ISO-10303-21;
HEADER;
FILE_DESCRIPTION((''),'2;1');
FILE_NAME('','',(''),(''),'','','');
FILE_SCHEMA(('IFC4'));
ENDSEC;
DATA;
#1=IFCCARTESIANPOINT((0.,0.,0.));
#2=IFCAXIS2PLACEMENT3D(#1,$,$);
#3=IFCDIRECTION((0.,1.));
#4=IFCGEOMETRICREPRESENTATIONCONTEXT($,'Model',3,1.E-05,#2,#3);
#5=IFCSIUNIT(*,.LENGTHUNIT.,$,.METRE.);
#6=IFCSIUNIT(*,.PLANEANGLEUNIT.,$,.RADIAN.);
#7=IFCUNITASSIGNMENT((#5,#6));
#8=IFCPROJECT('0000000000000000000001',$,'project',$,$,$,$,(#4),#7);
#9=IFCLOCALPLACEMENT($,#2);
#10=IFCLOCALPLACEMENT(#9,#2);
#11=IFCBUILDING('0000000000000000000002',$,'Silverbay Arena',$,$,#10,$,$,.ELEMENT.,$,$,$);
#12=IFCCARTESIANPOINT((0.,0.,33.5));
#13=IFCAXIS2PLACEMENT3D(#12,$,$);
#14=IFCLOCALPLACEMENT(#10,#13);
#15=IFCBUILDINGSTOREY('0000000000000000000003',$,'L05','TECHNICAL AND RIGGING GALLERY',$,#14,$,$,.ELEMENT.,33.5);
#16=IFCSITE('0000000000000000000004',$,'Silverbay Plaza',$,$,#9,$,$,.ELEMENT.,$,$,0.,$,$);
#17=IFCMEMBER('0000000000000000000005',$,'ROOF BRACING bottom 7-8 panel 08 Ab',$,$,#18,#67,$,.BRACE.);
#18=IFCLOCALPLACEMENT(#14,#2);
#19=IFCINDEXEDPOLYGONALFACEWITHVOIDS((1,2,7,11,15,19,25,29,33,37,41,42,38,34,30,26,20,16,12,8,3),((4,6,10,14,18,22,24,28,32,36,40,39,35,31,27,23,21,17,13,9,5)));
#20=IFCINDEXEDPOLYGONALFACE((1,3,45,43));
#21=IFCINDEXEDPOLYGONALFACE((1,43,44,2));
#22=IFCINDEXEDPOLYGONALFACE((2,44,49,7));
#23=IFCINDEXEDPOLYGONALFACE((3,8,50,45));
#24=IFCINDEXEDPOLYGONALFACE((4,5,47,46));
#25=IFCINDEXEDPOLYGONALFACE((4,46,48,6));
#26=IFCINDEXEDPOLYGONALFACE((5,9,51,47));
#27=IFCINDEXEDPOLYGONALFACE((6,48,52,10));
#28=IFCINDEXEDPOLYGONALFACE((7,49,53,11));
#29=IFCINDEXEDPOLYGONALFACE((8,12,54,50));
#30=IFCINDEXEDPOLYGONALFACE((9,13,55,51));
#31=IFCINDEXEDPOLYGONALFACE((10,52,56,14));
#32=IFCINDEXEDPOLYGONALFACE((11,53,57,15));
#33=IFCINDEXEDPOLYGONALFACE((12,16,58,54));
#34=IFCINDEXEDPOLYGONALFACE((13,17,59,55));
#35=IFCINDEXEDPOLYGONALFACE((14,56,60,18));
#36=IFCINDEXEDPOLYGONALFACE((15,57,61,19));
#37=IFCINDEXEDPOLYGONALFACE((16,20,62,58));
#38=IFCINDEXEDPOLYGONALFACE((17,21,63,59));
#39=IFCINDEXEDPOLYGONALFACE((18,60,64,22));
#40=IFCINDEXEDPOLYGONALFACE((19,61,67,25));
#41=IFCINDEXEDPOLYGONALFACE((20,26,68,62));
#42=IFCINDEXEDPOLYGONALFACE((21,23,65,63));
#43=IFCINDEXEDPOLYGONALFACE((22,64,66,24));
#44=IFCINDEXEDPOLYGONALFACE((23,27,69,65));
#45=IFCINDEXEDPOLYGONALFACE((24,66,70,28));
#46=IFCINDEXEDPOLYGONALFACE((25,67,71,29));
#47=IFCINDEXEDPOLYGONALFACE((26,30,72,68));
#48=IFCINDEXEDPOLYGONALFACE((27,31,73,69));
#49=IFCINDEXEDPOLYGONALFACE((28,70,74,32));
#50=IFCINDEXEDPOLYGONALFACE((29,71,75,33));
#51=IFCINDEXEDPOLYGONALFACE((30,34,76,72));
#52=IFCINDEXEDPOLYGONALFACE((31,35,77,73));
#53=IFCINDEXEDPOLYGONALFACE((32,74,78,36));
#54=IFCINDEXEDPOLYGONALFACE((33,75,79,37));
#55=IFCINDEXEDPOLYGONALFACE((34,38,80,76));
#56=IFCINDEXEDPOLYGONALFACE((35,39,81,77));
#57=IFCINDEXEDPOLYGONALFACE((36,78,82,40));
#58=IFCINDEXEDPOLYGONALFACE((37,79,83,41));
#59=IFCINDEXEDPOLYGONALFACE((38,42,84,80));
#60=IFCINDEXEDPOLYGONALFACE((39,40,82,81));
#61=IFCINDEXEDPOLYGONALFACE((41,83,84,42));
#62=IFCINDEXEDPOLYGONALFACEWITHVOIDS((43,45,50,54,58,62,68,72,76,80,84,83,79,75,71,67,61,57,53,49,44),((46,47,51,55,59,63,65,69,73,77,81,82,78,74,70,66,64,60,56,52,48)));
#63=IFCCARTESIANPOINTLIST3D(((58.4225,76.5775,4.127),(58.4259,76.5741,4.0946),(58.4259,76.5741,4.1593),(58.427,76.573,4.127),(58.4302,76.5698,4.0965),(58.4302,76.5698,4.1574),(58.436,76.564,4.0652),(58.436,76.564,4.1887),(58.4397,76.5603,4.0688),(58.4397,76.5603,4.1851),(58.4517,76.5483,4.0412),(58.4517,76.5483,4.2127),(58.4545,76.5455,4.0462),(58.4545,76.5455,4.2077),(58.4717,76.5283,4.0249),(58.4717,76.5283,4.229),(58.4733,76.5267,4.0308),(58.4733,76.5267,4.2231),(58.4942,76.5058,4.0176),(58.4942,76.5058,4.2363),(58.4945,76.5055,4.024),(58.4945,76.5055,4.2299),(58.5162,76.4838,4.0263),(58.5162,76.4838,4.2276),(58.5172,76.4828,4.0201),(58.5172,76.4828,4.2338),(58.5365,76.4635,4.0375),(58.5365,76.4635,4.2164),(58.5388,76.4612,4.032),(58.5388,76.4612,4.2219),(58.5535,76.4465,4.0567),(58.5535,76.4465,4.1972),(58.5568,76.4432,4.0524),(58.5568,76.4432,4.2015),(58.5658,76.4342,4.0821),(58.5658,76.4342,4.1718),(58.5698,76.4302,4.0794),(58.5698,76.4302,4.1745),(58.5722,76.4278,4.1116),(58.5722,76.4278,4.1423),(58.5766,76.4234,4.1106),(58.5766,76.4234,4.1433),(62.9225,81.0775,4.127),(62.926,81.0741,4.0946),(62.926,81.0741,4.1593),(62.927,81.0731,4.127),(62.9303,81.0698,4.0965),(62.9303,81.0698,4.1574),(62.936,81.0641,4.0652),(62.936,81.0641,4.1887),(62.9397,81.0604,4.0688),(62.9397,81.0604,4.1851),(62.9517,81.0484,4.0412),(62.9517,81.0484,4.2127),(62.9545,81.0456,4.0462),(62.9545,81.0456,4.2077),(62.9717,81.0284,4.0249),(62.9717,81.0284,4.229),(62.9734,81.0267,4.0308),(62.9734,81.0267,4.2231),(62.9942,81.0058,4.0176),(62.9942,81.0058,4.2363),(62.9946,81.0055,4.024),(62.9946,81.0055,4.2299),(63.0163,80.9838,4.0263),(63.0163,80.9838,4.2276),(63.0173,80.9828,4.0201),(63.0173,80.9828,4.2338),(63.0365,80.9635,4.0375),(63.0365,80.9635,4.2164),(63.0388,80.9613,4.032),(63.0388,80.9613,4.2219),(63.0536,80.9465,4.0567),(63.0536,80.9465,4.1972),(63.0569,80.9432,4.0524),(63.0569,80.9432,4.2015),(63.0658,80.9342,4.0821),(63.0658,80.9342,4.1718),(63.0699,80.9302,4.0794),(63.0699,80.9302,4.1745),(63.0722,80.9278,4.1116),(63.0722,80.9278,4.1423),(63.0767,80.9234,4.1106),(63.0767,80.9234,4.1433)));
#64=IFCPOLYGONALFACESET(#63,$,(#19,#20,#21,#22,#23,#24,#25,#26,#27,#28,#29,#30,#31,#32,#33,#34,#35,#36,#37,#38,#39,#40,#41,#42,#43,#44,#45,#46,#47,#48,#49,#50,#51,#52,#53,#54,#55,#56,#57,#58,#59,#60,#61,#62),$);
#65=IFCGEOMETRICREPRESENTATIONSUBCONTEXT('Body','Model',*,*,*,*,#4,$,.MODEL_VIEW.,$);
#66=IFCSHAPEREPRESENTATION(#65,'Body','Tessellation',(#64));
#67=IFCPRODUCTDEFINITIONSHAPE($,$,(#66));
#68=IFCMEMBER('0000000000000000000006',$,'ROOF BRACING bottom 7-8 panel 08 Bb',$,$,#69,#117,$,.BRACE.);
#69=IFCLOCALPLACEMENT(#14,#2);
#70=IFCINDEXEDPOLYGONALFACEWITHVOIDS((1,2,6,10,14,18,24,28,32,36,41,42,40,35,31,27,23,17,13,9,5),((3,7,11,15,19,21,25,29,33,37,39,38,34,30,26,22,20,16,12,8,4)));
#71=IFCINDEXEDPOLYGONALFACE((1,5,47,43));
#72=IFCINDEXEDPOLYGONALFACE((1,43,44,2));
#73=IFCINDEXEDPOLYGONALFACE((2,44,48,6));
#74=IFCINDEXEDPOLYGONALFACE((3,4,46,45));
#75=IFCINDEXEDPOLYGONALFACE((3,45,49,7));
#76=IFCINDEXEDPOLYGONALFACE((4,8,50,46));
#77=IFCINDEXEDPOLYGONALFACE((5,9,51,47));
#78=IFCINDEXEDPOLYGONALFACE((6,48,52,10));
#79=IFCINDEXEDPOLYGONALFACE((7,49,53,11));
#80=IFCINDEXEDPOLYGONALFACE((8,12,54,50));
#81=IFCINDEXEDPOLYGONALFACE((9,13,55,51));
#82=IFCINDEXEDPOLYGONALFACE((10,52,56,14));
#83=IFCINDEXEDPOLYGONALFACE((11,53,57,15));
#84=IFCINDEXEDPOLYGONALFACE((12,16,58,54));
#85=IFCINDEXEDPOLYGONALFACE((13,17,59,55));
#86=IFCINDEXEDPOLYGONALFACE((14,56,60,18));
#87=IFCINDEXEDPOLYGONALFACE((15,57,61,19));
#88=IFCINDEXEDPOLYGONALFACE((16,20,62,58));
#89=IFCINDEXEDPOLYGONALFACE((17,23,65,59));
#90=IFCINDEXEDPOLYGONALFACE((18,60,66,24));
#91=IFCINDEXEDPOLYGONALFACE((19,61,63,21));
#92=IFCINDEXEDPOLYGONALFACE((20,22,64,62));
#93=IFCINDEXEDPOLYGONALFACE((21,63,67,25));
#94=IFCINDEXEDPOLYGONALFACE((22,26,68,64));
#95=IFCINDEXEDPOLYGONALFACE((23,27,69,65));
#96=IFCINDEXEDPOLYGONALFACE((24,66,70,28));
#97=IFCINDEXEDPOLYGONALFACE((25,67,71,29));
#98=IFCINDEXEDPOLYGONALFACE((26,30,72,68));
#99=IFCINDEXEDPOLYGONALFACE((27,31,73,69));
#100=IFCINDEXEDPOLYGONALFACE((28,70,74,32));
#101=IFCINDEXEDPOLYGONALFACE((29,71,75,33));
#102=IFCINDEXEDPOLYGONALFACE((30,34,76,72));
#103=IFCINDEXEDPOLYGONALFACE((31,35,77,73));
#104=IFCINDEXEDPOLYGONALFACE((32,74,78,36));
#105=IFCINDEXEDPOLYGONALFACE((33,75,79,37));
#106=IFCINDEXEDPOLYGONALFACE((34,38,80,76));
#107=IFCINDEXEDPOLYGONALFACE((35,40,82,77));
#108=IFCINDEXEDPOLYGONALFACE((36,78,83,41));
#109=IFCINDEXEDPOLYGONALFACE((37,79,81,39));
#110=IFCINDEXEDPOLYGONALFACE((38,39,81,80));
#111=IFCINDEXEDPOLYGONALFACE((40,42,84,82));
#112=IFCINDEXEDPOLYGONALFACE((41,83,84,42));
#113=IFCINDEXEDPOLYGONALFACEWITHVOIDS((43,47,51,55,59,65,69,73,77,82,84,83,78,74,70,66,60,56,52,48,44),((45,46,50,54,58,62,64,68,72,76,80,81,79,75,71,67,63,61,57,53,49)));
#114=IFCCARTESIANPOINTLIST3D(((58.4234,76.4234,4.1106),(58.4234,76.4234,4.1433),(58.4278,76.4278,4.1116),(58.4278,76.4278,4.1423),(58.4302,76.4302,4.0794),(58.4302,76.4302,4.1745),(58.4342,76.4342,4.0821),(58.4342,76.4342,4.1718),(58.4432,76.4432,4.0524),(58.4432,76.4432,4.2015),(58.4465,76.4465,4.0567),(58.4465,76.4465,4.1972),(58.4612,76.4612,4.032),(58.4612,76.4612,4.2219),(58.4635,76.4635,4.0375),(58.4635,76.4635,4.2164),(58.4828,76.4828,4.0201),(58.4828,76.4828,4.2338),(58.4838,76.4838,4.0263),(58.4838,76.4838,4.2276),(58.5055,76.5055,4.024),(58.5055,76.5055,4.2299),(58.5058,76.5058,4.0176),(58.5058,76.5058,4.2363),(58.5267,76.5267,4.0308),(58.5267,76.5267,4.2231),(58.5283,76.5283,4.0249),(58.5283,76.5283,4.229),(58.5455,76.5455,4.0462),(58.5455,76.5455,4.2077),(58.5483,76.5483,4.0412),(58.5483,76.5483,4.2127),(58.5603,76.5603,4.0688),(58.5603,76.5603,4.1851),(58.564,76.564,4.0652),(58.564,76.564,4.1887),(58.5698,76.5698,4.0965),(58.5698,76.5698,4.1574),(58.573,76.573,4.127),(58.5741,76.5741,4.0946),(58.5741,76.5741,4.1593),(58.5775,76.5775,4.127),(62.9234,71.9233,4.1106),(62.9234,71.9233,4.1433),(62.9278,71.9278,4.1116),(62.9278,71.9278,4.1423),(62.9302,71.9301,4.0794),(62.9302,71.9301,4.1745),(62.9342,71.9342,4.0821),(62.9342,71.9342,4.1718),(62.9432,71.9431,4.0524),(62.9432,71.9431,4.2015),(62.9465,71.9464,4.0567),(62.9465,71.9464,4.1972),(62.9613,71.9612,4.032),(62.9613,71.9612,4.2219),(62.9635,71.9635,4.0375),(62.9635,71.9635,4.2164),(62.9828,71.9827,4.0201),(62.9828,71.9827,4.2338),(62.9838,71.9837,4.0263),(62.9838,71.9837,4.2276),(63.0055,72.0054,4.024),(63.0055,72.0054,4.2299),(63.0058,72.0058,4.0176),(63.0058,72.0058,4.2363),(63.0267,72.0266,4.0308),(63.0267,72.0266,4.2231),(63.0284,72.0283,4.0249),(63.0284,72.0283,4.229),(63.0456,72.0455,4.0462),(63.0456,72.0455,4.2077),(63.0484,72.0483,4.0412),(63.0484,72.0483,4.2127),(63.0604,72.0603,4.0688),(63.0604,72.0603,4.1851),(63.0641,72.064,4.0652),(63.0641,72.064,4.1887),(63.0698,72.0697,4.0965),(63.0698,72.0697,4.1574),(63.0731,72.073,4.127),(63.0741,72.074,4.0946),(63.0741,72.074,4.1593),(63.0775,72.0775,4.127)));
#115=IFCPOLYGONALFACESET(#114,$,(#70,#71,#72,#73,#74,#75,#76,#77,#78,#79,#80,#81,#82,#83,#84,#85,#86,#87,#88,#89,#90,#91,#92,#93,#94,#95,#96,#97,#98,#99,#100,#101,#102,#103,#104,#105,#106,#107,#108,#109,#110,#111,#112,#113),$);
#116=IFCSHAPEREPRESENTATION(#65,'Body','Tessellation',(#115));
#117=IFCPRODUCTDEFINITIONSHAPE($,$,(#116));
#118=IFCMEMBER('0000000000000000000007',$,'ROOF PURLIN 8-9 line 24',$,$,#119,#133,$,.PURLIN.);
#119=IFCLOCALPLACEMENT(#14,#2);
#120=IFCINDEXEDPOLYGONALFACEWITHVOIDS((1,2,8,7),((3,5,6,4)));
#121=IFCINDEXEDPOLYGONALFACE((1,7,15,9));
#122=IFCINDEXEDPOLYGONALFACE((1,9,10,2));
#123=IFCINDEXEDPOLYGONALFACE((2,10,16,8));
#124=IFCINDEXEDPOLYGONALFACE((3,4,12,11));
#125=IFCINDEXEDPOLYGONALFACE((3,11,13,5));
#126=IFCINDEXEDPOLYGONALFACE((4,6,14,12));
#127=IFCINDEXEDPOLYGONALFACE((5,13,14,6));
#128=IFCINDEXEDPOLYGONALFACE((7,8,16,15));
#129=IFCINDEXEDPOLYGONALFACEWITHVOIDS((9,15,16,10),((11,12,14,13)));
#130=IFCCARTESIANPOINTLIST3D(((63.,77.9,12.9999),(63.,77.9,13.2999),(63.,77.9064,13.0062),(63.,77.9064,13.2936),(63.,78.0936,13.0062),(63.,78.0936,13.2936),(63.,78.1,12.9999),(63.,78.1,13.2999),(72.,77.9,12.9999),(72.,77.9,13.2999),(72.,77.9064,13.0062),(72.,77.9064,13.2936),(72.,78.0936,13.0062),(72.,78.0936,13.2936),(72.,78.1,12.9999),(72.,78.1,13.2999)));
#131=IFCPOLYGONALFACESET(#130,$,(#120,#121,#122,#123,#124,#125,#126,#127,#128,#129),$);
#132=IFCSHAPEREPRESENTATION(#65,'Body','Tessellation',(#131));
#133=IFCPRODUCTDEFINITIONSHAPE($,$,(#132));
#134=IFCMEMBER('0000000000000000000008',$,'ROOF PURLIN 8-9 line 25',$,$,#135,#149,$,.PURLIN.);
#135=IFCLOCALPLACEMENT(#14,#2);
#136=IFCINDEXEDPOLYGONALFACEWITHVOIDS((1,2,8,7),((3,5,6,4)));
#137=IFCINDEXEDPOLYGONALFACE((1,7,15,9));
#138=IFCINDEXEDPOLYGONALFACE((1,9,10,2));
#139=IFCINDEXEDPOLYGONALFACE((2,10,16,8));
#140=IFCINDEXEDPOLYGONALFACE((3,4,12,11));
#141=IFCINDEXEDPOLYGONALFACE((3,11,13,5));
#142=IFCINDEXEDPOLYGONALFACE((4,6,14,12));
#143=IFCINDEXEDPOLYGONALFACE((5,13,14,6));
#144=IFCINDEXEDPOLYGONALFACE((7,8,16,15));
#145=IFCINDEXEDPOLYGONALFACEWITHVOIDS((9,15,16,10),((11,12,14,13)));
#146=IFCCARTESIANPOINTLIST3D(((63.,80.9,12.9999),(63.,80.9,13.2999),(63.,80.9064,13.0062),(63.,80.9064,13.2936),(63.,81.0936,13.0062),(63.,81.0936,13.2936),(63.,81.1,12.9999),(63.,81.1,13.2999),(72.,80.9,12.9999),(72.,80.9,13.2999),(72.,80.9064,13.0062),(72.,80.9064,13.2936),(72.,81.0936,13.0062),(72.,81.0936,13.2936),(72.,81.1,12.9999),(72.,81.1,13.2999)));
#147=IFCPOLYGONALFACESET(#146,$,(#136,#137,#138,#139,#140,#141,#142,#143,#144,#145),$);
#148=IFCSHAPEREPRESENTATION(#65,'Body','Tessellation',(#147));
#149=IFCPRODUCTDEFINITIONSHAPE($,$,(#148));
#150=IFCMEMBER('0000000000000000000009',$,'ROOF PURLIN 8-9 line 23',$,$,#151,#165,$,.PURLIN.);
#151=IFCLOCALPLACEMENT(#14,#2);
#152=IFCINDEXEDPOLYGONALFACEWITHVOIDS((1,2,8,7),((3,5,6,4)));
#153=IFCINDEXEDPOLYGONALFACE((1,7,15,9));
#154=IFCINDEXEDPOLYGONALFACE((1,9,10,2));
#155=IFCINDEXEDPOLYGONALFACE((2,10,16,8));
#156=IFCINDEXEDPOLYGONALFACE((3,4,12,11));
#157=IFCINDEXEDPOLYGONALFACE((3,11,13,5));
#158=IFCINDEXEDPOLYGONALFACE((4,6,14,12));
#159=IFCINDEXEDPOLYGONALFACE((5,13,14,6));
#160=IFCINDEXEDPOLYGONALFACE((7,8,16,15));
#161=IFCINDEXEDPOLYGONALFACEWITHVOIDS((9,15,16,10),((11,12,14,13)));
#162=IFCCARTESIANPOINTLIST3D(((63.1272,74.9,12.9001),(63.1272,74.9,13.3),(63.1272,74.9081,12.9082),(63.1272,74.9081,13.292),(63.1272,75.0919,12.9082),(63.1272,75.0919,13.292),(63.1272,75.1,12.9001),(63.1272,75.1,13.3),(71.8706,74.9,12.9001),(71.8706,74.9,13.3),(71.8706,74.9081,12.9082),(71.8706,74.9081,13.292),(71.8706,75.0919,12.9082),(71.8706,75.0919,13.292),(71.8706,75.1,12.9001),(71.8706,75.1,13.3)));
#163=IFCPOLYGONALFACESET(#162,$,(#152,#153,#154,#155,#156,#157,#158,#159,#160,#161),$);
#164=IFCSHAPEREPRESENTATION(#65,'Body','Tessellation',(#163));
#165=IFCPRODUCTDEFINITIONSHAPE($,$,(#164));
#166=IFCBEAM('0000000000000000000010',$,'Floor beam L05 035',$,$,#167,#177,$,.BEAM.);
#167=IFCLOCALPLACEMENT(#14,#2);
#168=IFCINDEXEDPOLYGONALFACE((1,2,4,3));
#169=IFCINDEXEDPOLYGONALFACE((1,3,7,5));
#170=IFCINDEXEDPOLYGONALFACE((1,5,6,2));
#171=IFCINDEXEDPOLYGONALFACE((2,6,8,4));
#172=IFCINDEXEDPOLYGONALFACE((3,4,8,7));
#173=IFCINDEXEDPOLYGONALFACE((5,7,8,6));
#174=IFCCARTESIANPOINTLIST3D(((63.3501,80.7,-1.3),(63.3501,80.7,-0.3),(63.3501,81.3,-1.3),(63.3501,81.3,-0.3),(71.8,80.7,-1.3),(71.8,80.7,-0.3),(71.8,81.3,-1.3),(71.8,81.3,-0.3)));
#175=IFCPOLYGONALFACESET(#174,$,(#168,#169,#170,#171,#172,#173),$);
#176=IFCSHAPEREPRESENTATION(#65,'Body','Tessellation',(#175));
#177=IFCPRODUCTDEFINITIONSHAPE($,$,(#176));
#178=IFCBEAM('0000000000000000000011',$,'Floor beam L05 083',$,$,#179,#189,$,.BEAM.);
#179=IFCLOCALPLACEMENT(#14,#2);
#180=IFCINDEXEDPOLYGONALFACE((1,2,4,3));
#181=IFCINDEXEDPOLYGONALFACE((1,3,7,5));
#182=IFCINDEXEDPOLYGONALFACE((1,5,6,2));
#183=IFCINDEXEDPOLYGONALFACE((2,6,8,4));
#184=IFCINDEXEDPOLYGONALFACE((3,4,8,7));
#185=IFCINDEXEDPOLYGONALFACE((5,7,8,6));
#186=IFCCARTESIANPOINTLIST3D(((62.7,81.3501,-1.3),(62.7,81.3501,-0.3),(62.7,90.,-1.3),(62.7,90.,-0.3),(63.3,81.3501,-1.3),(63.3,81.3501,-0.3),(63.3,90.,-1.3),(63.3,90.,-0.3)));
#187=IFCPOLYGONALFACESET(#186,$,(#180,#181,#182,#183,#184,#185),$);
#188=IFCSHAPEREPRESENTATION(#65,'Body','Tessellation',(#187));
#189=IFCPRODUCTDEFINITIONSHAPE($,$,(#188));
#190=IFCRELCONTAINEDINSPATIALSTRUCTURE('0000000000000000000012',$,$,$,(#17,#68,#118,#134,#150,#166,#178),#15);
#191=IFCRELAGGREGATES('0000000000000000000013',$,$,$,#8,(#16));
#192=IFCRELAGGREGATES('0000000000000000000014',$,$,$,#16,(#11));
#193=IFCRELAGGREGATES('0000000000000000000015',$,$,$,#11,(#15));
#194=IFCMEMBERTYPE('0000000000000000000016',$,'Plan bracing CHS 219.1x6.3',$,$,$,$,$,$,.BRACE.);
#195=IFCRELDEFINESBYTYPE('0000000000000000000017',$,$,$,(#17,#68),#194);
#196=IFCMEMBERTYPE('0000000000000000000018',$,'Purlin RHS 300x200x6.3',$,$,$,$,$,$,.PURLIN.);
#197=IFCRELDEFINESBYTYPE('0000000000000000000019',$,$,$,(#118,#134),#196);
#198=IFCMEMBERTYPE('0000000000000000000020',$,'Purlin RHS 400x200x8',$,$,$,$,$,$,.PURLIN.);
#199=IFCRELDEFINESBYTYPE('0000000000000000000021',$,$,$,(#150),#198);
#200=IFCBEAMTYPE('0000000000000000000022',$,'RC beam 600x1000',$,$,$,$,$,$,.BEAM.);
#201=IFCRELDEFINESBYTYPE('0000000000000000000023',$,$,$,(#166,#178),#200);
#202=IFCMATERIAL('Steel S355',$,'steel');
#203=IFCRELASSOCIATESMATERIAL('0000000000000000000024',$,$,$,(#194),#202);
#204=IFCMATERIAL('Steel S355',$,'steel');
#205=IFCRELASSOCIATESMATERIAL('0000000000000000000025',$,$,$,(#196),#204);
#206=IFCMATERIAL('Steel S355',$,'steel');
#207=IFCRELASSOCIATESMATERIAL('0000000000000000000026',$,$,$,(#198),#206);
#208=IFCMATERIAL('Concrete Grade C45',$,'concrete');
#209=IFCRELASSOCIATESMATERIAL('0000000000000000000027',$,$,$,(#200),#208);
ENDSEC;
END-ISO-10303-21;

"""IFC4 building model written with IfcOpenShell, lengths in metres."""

from ifc_helpers import new_model, si_unit, direction, frame, origin, origin_2d, place, context, subcontext, project, spatial, rectangle, hollow_rectangle, hollow_circle, extrude, material, material_profile, profile_set, type_object, element, save


model = new_model("IFC4")

# Units and contexts
model_context = context("Model", 3, precision=1e-05, world=origin(), true_north=direction((0.0, 1.0)))
body_context = subcontext(model_context, "Body", "Model", "MODEL_VIEW")
ifc_project = project(units=[si_unit("LENGTHUNIT", "METRE"), si_unit("PLANEANGLEUNIT", "RADIAN")], contexts=[model_context])

# Site, building, storey
site_placement = place(None, origin())
site = spatial("IfcSite", under=ifc_project, at=site_placement, Name="Silverbay Plaza", CompositionType="ELEMENT", RefElevation=0.0)
building_placement = place(site_placement, origin())
building = spatial("IfcBuilding", under=site, at=building_placement, Name="Silverbay Arena", CompositionType="ELEMENT")
storey_placement = place(building_placement, frame((0.0, 0.0, 33.5)))
storey = spatial("IfcBuildingStorey", under=building, at=storey_placement, Name="L05", Description="TECHNICAL AND RIGGING GALLERY", CompositionType="ELEMENT", Elevation=33.5)

# Members
ifc_material_1 = material(Name="Steel S355", Category="steel")
ifc_material_profile_1 = material_profile(ifc_material_1, hollow_circle(Radius=0.1096, WallThickness=0.0063, at=origin_2d()), Name="CHS 219.1x6.3")
ifc_profile_set_1 = profile_set([ifc_material_profile_1], Name="Steel S355")
member_type_1 = type_object("IfcMemberType", Name="Plan bracing CHS 219.1x6.3", PredefinedType="BRACE", material=ifc_profile_set_1)
for number, where, z_axis, x_axis, name in (
    (1, (58.5, 76.5, 4.127), (0.707107, 0.707107, 0.0), (-0.707107, 0.707107, 0.0), "ROOF BRACING bottom 7-8 panel 08 Ab"),
    (2, (58.5, 76.5, 4.127), (0.707107, -0.707107, 0.0), (0.707107, 0.707107, 0.0), "ROOF BRACING bottom 7-8 panel 08 Bb"),
):
    element("IfcMember", number, at=place(storey_placement, frame(where, z_axis=z_axis, x_axis=x_axis)), inside=storey, type_object=member_type_1, Name=name, PredefinedType="BRACE", context=body_context, shape_type="SweptSolid", body=[
        extrude(hollow_circle(Radius=0.1096, WallThickness=0.0063, at=origin_2d()), origin(), (0.0, 0.0, 1.0), 6.364),
    ])
ifc_material_2 = material(Name="Steel S355", Category="steel")
ifc_material_profile_2 = material_profile(ifc_material_2, hollow_rectangle(XDim=0.2, YDim=0.3, WallThickness=0.0063, at=origin_2d()), Name="RHS 300x200x6.3")
ifc_profile_set_2 = profile_set([ifc_material_profile_2], Name="Steel S355")
member_type_2 = type_object("IfcMemberType", Name="Purlin RHS 300x200x6.3", PredefinedType="PURLIN", material=ifc_profile_set_2)
for number, where, z_axis, x_axis, name in (
    (3, (63.0, 78.0, 13.1499), (1.0, 0.0, 0.0), (0.0, 1.0, 0.0), "ROOF PURLIN 8-9 line 24"),
    (4, (63.0, 81.0, 13.1499), (1.0, 0.0, 0.0), (0.0, 1.0, 0.0), "ROOF PURLIN 8-9 line 25"),
):
    element("IfcMember", number, at=place(storey_placement, frame(where, z_axis=z_axis, x_axis=x_axis)), inside=storey, type_object=member_type_2, Name=name, PredefinedType="PURLIN", context=body_context, shape_type="SweptSolid", body=[
        extrude(hollow_rectangle(XDim=0.2, YDim=0.3, WallThickness=0.0063, at=origin_2d()), origin(), (0.0, 0.0, 1.0), 9.0),
    ])
ifc_material_3 = material(Name="Steel S355", Category="steel")
ifc_material_profile_3 = material_profile(ifc_material_3, hollow_rectangle(XDim=0.2, YDim=0.3999, WallThickness=0.0081, at=origin_2d()), Name="RHS 400x200x8")
ifc_profile_set_3 = profile_set([ifc_material_profile_3], Name="Steel S355")
member_type_3 = type_object("IfcMemberType", Name="Purlin RHS 400x200x8", PredefinedType="PURLIN", material=ifc_profile_set_3)
member_1_placement = place(storey_placement, frame((63.1272, 75.0, 13.1001), z_axis=(1.0, 0.0, 0.0), x_axis=(0.0, 1.0, 0.0)))
element("IfcMember", 5, at=member_1_placement, inside=storey, type_object=member_type_3, Name="ROOF PURLIN 8-9 line 23", PredefinedType="PURLIN", context=body_context, shape_type="SweptSolid", body=[
    extrude(hollow_rectangle(XDim=0.2, YDim=0.3999, WallThickness=0.0081, at=origin_2d()), origin(), (0.0, 0.0, 1.0), 8.7434),
])

# Beams
ifc_material_4 = material(Name="Concrete Grade C45", Category="concrete")
ifc_material_profile_4 = material_profile(ifc_material_4, rectangle(XDim=0.6001, YDim=1.0, at=origin_2d()), Name="RC 600x1000")
ifc_profile_set_4 = profile_set([ifc_material_profile_4], Name="Concrete Grade C45")
beam_type_1 = type_object("IfcBeamType", Name="RC beam 600x1000", PredefinedType="BEAM", material=ifc_profile_set_4)
beam_1_placement = place(storey_placement, frame((63.3501, 81.0, -0.8), z_axis=(1.0, 0.0, 0.0), x_axis=(0.0, 1.0, 0.0)))
element("IfcBeam", 6, at=beam_1_placement, inside=storey, type_object=beam_type_1, Name="Floor beam L05 035", PredefinedType="BEAM", context=body_context, shape_type="SweptSolid", body=[
    extrude(rectangle(XDim=0.6001, YDim=1.0, at=origin_2d()), origin(), (0.0, 0.0, 1.0), 8.45),
])
beam_2_placement = place(storey_placement, frame((63.0, 81.3501, -0.8), z_axis=(0.0, 1.0, 0.0), x_axis=(-1.0, 0.0, 0.0)))
element("IfcBeam", 7, at=beam_2_placement, inside=storey, type_object=beam_type_1, Name="Floor beam L05 083", PredefinedType="BEAM", context=body_context, shape_type="SweptSolid", body=[
    extrude(rectangle(XDim=0.6001, YDim=1.0, at=origin_2d()), origin(), (0.0, 0.0, 1.0), 8.6499),
])

save(model, "model.ifc")
